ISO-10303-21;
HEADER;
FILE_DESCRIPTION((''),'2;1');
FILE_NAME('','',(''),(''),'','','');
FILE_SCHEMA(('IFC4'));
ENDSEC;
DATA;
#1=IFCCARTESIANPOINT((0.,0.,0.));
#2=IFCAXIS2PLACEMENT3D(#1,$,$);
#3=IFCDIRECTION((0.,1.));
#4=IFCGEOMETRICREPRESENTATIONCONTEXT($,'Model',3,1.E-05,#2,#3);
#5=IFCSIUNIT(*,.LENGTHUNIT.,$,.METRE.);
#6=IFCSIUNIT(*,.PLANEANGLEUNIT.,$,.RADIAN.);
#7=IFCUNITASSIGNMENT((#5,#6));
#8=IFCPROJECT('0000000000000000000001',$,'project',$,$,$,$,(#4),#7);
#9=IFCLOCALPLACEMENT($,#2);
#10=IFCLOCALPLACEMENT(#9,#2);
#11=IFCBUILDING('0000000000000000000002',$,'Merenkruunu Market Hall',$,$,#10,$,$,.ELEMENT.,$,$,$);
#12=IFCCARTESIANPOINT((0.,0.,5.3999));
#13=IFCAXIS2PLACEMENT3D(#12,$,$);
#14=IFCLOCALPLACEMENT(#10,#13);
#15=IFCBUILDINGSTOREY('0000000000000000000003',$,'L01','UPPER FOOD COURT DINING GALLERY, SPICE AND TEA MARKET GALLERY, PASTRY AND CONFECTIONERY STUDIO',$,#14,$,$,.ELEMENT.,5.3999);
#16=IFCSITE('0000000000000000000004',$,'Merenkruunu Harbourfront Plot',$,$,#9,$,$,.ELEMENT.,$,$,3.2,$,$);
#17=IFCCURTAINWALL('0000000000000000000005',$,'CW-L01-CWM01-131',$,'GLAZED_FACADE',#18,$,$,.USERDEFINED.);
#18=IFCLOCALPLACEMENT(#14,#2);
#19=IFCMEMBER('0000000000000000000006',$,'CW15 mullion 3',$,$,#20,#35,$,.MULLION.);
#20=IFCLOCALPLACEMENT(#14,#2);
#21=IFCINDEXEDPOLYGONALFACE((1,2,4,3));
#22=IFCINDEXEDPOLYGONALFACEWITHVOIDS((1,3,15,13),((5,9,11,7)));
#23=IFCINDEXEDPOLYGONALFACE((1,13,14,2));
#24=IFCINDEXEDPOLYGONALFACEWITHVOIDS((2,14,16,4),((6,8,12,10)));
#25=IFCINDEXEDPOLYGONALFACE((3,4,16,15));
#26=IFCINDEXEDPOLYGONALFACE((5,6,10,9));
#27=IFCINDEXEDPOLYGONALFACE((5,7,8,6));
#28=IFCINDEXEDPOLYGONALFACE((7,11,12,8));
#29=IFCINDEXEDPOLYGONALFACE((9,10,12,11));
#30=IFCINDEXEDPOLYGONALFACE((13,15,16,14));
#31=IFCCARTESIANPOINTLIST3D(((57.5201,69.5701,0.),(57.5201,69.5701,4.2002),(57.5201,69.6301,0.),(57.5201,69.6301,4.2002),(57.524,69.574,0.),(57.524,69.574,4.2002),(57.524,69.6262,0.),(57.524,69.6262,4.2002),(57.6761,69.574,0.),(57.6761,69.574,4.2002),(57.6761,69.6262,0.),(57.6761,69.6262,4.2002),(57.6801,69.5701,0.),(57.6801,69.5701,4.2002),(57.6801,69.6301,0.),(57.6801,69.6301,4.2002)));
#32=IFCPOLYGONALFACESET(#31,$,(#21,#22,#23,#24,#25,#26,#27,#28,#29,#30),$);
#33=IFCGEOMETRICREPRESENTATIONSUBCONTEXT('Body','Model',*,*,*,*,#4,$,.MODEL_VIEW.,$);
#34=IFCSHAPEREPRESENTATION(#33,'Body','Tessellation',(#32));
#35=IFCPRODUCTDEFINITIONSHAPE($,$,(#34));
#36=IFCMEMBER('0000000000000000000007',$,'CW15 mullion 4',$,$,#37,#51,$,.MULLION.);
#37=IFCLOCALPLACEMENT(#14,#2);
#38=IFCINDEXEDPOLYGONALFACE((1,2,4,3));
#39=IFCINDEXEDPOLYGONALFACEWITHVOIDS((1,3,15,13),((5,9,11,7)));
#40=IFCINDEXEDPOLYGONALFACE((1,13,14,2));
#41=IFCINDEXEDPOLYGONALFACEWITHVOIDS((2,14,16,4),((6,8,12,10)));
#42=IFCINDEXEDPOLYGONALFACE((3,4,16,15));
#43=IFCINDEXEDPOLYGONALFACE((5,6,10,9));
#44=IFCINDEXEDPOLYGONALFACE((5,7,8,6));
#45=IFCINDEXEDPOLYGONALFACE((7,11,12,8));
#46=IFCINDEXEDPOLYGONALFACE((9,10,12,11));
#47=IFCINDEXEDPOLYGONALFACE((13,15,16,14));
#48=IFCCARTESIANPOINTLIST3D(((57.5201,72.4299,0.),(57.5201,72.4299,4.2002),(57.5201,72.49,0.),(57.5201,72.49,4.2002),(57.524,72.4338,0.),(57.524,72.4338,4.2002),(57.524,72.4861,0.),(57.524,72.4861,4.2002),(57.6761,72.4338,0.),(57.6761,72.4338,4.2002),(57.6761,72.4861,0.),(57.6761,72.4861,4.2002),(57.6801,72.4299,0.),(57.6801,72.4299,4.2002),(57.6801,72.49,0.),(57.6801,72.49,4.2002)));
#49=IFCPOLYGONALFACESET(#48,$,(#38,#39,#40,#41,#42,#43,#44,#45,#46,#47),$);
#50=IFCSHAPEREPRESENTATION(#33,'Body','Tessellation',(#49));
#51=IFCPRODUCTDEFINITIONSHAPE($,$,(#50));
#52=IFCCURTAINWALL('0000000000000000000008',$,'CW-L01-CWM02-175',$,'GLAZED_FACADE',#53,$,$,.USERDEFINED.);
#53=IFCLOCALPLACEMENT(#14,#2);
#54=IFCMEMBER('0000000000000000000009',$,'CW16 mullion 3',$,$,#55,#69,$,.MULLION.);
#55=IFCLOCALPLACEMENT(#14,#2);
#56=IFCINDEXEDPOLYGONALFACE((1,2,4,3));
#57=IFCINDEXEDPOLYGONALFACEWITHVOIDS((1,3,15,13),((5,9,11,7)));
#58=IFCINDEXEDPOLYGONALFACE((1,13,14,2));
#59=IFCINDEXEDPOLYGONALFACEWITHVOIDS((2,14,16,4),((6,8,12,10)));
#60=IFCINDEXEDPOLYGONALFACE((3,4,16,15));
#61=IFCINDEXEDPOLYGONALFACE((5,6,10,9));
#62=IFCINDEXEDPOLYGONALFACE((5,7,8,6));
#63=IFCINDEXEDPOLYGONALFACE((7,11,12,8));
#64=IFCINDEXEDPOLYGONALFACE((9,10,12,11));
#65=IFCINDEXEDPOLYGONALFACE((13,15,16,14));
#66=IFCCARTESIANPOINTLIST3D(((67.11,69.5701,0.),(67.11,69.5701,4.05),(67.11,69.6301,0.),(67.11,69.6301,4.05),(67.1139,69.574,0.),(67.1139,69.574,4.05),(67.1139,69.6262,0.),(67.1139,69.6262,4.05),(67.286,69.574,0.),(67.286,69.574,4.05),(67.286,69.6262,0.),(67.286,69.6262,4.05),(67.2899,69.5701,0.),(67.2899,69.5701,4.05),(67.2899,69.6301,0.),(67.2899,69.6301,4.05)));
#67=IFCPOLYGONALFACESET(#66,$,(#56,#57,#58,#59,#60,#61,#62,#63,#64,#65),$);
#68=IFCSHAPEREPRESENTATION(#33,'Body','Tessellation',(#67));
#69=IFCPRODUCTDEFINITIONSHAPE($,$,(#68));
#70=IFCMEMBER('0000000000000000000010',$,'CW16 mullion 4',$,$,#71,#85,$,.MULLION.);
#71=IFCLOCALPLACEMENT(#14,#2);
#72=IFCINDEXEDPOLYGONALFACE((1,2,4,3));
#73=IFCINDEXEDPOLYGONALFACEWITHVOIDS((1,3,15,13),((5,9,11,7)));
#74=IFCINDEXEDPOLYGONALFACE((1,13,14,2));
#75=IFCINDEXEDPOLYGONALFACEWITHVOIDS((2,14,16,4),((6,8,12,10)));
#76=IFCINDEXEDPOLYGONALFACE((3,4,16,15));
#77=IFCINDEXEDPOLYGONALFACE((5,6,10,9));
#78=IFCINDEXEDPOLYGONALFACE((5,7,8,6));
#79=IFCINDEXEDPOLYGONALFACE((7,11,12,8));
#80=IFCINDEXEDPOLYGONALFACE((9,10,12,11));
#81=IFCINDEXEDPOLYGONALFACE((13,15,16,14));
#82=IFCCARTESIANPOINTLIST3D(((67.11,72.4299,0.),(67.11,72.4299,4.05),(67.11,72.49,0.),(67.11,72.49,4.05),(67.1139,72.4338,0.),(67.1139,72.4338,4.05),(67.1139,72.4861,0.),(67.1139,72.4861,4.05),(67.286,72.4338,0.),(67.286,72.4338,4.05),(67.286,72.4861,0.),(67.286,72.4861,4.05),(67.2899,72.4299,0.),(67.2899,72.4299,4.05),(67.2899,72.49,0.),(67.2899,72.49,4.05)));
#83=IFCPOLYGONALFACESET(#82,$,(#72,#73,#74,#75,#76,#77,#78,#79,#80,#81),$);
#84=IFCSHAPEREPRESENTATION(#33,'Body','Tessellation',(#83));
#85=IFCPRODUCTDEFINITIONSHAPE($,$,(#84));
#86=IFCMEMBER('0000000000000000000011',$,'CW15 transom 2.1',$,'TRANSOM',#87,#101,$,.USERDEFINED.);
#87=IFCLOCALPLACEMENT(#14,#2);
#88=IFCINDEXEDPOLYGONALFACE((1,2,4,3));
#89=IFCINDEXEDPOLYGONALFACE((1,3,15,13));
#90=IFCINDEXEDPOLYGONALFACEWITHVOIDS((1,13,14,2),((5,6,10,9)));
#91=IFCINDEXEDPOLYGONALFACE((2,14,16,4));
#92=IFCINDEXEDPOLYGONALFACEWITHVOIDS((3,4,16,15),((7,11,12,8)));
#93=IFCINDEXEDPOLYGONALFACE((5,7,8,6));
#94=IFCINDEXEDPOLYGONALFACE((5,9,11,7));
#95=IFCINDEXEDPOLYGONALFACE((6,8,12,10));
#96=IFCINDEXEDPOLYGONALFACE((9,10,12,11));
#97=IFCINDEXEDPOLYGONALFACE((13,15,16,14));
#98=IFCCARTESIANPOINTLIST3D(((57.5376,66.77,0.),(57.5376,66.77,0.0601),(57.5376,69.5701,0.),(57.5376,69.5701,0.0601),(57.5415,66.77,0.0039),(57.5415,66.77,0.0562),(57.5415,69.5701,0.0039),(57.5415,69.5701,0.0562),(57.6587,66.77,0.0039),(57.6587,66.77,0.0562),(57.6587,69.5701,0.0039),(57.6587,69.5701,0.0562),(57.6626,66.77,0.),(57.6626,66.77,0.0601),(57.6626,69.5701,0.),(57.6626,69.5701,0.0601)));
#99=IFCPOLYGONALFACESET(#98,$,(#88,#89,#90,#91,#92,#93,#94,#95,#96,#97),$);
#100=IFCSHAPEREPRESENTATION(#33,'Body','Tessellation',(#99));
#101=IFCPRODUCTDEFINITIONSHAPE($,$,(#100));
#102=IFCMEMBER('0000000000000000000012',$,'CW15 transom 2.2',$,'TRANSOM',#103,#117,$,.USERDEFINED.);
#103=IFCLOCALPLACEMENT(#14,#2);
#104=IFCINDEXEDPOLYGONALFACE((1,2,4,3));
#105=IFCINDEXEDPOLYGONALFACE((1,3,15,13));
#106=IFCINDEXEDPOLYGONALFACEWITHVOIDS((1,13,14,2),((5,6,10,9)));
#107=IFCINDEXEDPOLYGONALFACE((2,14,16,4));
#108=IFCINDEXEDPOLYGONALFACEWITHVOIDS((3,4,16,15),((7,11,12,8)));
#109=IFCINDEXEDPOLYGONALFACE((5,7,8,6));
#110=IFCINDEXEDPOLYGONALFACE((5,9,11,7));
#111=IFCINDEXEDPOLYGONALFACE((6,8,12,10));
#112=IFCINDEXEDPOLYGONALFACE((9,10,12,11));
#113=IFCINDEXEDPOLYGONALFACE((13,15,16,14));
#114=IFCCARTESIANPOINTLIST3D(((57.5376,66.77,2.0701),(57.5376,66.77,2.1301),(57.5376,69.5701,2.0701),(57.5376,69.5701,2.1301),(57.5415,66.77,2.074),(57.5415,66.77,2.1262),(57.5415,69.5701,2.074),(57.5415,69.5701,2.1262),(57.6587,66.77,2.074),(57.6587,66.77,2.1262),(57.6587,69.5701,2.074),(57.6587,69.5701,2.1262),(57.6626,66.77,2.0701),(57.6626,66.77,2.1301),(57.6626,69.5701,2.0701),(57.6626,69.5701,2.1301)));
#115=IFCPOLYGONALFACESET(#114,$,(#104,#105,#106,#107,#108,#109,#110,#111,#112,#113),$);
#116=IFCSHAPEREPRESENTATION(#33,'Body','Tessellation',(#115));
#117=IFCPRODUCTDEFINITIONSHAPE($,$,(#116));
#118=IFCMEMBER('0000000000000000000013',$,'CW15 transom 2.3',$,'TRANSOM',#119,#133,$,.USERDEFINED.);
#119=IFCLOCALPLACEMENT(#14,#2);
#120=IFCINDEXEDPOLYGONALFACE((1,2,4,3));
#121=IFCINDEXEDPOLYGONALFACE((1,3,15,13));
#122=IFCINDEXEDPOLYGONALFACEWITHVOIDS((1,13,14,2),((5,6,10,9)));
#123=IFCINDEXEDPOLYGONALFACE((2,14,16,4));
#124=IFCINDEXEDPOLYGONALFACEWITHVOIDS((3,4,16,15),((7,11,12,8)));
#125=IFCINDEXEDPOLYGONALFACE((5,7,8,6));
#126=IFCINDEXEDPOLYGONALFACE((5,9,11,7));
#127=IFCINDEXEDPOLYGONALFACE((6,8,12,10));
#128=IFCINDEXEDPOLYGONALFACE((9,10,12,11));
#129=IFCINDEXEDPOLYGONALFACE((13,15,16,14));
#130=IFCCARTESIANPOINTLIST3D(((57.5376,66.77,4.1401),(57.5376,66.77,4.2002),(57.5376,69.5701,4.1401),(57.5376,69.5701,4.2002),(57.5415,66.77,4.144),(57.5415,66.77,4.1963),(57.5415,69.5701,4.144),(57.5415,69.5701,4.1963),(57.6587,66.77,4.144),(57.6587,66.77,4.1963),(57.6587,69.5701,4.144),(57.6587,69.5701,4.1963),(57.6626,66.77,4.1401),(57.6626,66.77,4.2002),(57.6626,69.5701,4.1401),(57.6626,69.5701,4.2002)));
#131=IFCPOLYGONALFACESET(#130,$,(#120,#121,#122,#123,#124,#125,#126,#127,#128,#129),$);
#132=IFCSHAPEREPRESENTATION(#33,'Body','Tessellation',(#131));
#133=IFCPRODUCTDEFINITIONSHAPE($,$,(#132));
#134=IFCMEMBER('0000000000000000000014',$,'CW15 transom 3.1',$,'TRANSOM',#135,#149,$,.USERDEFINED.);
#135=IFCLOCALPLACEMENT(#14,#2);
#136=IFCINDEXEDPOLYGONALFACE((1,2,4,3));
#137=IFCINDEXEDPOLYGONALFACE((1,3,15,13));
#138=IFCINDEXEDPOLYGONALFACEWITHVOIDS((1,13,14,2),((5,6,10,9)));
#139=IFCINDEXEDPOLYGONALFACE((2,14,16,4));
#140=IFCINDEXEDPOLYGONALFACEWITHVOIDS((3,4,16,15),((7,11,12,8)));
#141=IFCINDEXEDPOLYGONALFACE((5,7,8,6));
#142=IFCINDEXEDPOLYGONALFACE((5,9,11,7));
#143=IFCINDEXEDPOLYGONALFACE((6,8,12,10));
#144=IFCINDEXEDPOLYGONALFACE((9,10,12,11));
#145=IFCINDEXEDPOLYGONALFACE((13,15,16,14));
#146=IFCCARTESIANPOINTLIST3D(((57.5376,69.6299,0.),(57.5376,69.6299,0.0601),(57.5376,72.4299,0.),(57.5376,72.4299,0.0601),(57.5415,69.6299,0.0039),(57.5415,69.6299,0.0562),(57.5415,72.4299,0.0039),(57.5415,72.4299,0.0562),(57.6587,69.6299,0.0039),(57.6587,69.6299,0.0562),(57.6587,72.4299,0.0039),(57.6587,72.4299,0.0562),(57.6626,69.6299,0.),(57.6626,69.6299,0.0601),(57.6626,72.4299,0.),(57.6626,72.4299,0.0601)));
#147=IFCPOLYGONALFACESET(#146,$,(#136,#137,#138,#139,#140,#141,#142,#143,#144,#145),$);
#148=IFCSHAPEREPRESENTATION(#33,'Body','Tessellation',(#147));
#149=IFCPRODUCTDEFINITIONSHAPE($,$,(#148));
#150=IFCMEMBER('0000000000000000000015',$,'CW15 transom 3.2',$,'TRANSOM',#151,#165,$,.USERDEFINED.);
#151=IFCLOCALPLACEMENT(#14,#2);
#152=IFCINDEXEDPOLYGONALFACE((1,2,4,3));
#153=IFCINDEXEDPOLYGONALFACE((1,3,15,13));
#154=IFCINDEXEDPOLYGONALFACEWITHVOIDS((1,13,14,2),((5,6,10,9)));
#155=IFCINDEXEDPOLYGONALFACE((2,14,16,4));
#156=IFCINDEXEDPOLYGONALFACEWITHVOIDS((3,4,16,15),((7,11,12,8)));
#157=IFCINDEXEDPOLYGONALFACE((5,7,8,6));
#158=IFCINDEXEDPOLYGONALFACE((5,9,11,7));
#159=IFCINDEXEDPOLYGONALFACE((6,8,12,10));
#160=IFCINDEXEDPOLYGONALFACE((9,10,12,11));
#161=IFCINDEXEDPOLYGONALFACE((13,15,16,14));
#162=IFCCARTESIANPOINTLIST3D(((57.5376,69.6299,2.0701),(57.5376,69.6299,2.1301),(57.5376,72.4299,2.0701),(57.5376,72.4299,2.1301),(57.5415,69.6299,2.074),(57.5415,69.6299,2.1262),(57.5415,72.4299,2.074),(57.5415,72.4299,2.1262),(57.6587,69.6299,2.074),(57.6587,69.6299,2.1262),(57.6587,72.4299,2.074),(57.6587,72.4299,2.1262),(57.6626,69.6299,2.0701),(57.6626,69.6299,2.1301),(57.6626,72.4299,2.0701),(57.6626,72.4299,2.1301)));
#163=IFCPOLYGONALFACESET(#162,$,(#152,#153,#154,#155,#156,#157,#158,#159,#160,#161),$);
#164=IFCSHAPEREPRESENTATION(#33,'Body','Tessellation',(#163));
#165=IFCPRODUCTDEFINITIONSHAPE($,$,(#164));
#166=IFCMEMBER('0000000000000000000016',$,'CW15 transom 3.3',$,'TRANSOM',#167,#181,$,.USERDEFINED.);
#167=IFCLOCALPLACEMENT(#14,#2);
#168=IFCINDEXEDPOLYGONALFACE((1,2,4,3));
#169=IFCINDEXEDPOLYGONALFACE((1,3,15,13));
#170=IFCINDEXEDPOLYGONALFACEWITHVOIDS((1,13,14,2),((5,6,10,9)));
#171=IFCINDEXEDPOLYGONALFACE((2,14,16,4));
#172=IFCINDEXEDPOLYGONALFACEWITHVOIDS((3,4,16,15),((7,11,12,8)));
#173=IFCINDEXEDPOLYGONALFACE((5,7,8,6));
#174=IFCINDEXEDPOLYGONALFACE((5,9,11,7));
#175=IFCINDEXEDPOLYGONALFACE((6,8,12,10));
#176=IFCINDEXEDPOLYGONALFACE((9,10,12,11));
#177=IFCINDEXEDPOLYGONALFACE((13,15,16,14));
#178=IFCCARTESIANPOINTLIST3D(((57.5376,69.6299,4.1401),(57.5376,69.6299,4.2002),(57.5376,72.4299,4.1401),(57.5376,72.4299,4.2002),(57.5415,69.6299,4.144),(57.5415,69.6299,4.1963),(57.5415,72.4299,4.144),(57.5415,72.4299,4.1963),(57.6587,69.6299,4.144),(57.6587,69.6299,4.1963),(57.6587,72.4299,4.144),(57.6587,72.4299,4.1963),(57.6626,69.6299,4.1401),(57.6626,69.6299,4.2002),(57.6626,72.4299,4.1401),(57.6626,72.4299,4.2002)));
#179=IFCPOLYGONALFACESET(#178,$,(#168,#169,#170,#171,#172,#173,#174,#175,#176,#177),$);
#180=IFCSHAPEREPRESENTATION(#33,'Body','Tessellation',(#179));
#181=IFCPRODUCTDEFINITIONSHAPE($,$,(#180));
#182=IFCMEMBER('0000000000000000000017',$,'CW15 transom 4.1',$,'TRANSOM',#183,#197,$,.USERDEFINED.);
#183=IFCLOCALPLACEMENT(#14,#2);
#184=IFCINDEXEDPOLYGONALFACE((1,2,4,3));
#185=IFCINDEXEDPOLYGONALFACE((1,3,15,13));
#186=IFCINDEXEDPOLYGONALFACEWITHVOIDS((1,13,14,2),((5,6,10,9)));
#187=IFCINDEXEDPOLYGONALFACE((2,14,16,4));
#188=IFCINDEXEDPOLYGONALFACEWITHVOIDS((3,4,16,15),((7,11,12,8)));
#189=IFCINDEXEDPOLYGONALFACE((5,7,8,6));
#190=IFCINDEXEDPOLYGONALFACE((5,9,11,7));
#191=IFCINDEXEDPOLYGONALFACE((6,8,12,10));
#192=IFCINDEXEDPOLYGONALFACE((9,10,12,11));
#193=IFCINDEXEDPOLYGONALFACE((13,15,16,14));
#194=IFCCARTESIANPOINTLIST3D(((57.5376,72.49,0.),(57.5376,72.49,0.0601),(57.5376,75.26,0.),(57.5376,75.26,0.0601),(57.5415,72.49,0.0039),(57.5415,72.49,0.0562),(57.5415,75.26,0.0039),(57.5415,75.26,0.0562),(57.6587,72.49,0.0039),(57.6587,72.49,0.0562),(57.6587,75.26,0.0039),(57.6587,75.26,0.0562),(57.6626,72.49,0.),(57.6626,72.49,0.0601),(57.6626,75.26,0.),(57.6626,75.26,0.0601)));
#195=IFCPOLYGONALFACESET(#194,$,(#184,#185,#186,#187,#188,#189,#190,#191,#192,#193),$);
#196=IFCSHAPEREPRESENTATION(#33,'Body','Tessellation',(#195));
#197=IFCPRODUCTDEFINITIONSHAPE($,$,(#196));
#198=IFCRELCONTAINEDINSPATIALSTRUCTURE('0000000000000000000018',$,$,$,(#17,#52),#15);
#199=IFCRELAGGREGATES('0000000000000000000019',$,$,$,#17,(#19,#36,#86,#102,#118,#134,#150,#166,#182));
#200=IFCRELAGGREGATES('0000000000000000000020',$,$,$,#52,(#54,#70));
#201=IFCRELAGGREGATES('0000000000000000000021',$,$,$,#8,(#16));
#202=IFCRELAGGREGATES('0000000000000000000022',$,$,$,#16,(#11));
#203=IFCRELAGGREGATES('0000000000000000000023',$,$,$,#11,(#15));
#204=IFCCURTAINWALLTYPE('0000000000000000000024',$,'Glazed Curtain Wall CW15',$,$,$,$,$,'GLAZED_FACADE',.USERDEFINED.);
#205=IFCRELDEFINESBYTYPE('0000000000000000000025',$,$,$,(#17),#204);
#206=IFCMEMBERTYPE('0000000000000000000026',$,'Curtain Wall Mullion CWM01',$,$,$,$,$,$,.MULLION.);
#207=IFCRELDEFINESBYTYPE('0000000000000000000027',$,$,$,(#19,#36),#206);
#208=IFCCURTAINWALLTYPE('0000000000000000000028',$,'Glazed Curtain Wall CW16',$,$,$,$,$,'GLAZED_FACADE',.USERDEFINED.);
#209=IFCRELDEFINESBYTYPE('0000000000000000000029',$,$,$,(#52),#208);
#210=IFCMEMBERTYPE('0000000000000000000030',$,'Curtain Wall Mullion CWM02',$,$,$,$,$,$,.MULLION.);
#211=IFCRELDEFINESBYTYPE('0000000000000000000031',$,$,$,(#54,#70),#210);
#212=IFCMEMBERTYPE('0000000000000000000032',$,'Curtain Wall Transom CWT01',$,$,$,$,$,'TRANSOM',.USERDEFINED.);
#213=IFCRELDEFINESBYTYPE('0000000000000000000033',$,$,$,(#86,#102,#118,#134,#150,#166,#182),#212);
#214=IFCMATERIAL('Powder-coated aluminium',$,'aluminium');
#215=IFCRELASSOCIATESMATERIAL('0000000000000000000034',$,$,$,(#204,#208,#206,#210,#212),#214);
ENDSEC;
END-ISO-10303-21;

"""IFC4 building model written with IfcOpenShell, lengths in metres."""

from ifc_helpers import new_model, si_unit, direction, frame, origin, origin_2d, place, context, subcontext, project, spatial, hollow_rectangle, extrude, material, material_profile, profile_set, type_object, element, aggregate, save


model = new_model("IFC4")

# Units and contexts
model_context = context("Model", 3, precision=1e-05, world=origin(), true_north=direction((0.0, 1.0)))
body_context = subcontext(model_context, "Body", "Model", "MODEL_VIEW")
ifc_project = project(units=[si_unit("LENGTHUNIT", "METRE"), si_unit("PLANEANGLEUNIT", "RADIAN")], contexts=[model_context])

# Site, building, storey
site_placement = place(None, origin())
site = spatial("IfcSite", under=ifc_project, at=site_placement, Name="Merenkruunu Harbourfront Plot", CompositionType="ELEMENT", RefElevation=3.2)
building_placement = place(site_placement, origin())
building = spatial("IfcBuilding", under=site, at=building_placement, Name="Merenkruunu Market Hall", CompositionType="ELEMENT")
storey_placement = place(building_placement, frame((0.0, 0.0, 5.3999)))
storey = spatial("IfcBuildingStorey", under=building, at=storey_placement, Name="L01", Description="UPPER FOOD COURT DINING GALLERY, SPICE AND TEA MARKET GALLERY, PASTRY AND CONFECTIONERY STUDIO", CompositionType="ELEMENT", Elevation=5.3999)

# Curtain walls, members
ifc_material_1 = material(Name="Powder-coated aluminium", Category="aluminium")
curtain_wall_type_1 = type_object("IfcCurtainWallType", Name="Glazed Curtain Wall CW15", ElementType="GLAZED_FACADE", PredefinedType="USERDEFINED", material=ifc_material_1)
curtain_wall_1_placement = place(storey_placement, origin())
curtain_wall_1 = element("IfcCurtainWall", 1, at=curtain_wall_1_placement, inside=storey, type_object=curtain_wall_type_1, Name="CW-L01-CWM01-131", ObjectType="GLAZED_FACADE", PredefinedType="USERDEFINED")
ifc_material_profile_1 = material_profile(ifc_material_1, hollow_rectangle(XDim=0.0601, YDim=0.1599, WallThickness=0.0039, at=origin_2d()), Name="ALU 60x160x4")
ifc_profile_set_1 = profile_set([ifc_material_profile_1], Name="Powder-coated aluminium")
member_type_1 = type_object("IfcMemberType", Name="Curtain Wall Mullion CWM01", PredefinedType="MULLION", material=ifc_profile_set_1)
member_1_placement = place(storey_placement, frame((57.6001, 69.6001, 0.0), z_axis=(0.0, 0.0, 1.0), x_axis=(0.0, 1.0, 0.0)))
member_1 = element("IfcMember", 2, at=member_1_placement, type_object=member_type_1, Name="CW15 mullion 3", PredefinedType="MULLION", context=body_context, shape_type="SweptSolid", body=[
    extrude(hollow_rectangle(XDim=0.0601, YDim=0.1599, WallThickness=0.0039, at=origin_2d()), origin(), (0.0, 0.0, 1.0), 4.2002),
])
member_2_placement = place(storey_placement, frame((57.6001, 72.46, 0.0), z_axis=(0.0, 0.0, 1.0), x_axis=(0.0, 1.0, 0.0)))
member_2 = element("IfcMember", 3, at=member_2_placement, type_object=member_type_1, Name="CW15 mullion 4", PredefinedType="MULLION", context=body_context, shape_type="SweptSolid", body=[
    extrude(hollow_rectangle(XDim=0.0601, YDim=0.1599, WallThickness=0.0039, at=origin_2d()), origin(), (0.0, 0.0, 1.0), 4.2002),
])
curtain_wall_type_2 = type_object("IfcCurtainWallType", Name="Glazed Curtain Wall CW16", ElementType="GLAZED_FACADE", PredefinedType="USERDEFINED", material=ifc_material_1)
curtain_wall_2_placement = place(storey_placement, origin())
curtain_wall_2 = element("IfcCurtainWall", 4, at=curtain_wall_2_placement, inside=storey, type_object=curtain_wall_type_2, Name="CW-L01-CWM02-175", ObjectType="GLAZED_FACADE", PredefinedType="USERDEFINED")
ifc_material_profile_2 = material_profile(ifc_material_1, hollow_rectangle(XDim=0.0601, YDim=0.1799, WallThickness=0.0039, at=origin_2d()), Name="ALU 60x180x4")
ifc_profile_set_2 = profile_set([ifc_material_profile_2], Name="Powder-coated aluminium")
member_type_2 = type_object("IfcMemberType", Name="Curtain Wall Mullion CWM02", PredefinedType="MULLION", material=ifc_profile_set_2)
member_3_placement = place(storey_placement, frame((67.2, 69.6001, 0.0), z_axis=(0.0, 0.0, 1.0), x_axis=(0.0, 1.0, 0.0)))
member_3 = element("IfcMember", 5, at=member_3_placement, type_object=member_type_2, Name="CW16 mullion 3", PredefinedType="MULLION", context=body_context, shape_type="SweptSolid", body=[
    extrude(hollow_rectangle(XDim=0.0601, YDim=0.1799, WallThickness=0.0039, at=origin_2d()), origin(), (0.0, 0.0, 1.0), 4.05),
])
member_4_placement = place(storey_placement, frame((67.2, 72.46, 0.0), z_axis=(0.0, 0.0, 1.0), x_axis=(0.0, 1.0, 0.0)))
member_4 = element("IfcMember", 6, at=member_4_placement, type_object=member_type_2, Name="CW16 mullion 4", PredefinedType="MULLION", context=body_context, shape_type="SweptSolid", body=[
    extrude(hollow_rectangle(XDim=0.0601, YDim=0.1799, WallThickness=0.0039, at=origin_2d()), origin(), (0.0, 0.0, 1.0), 4.05),
])

# Members
ifc_material_profile_3 = material_profile(ifc_material_1, hollow_rectangle(XDim=0.0601, YDim=0.125, WallThickness=0.0039, at=origin_2d()), Name="ALU 60x125x4")
ifc_profile_set_3 = profile_set([ifc_material_profile_3], Name="Powder-coated aluminium")
member_type_3 = type_object("IfcMemberType", Name="Curtain Wall Transom CWT01", ElementType="TRANSOM", PredefinedType="USERDEFINED", material=ifc_profile_set_3)
member_5_placement = place(storey_placement, frame((57.6001, 66.77, 0.03), z_axis=(0.0, 1.0, 0.0), x_axis=(0.0, 0.0, 1.0)))
member_5 = element("IfcMember", 7, at=member_5_placement, type_object=member_type_3, Name="CW15 transom 2.1", ObjectType="TRANSOM", PredefinedType="USERDEFINED", context=body_context, shape_type="SweptSolid", body=[
    extrude(hollow_rectangle(XDim=0.0601, YDim=0.125, WallThickness=0.0039, at=origin_2d()), origin(), (0.0, 0.0, 1.0), 2.8),
])
member_6_placement = place(storey_placement, frame((57.6001, 66.77, 2.1001), z_axis=(0.0, 1.0, 0.0), x_axis=(0.0, 0.0, 1.0)))
member_6 = element("IfcMember", 8, at=member_6_placement, type_object=member_type_3, Name="CW15 transom 2.2", ObjectType="TRANSOM", PredefinedType="USERDEFINED", context=body_context, shape_type="SweptSolid", body=[
    extrude(hollow_rectangle(XDim=0.0601, YDim=0.125, WallThickness=0.0039, at=origin_2d()), origin(), (0.0, 0.0, 1.0), 2.8),
])
member_7_placement = place(storey_placement, frame((57.6001, 66.77, 4.1702), z_axis=(0.0, 1.0, 0.0), x_axis=(0.0, 0.0, 1.0)))
member_7 = element("IfcMember", 9, at=member_7_placement, type_object=member_type_3, Name="CW15 transom 2.3", ObjectType="TRANSOM", PredefinedType="USERDEFINED", context=body_context, shape_type="SweptSolid", body=[
    extrude(hollow_rectangle(XDim=0.0601, YDim=0.125, WallThickness=0.0039, at=origin_2d()), origin(), (0.0, 0.0, 1.0), 2.8),
])
member_8_placement = place(storey_placement, frame((57.6001, 69.6299, 0.03), z_axis=(0.0, 1.0, 0.0), x_axis=(0.0, 0.0, 1.0)))
member_8 = element("IfcMember", 10, at=member_8_placement, type_object=member_type_3, Name="CW15 transom 3.1", ObjectType="TRANSOM", PredefinedType="USERDEFINED", context=body_context, shape_type="SweptSolid", body=[
    extrude(hollow_rectangle(XDim=0.0601, YDim=0.125, WallThickness=0.0039, at=origin_2d()), origin(), (0.0, 0.0, 1.0), 2.8),
])
member_9_placement = place(storey_placement, frame((57.6001, 69.6299, 2.1001), z_axis=(0.0, 1.0, 0.0), x_axis=(0.0, 0.0, 1.0)))
member_9 = element("IfcMember", 11, at=member_9_placement, type_object=member_type_3, Name="CW15 transom 3.2", ObjectType="TRANSOM", PredefinedType="USERDEFINED", context=body_context, shape_type="SweptSolid", body=[
    extrude(hollow_rectangle(XDim=0.0601, YDim=0.125, WallThickness=0.0039, at=origin_2d()), origin(), (0.0, 0.0, 1.0), 2.8),
])
member_10_placement = place(storey_placement, frame((57.6001, 69.6299, 4.1702), z_axis=(0.0, 1.0, 0.0), x_axis=(0.0, 0.0, 1.0)))
member_10 = element("IfcMember", 12, at=member_10_placement, type_object=member_type_3, Name="CW15 transom 3.3", ObjectType="TRANSOM", PredefinedType="USERDEFINED", context=body_context, shape_type="SweptSolid", body=[
    extrude(hollow_rectangle(XDim=0.0601, YDim=0.125, WallThickness=0.0039, at=origin_2d()), origin(), (0.0, 0.0, 1.0), 2.8),
])
member_11_placement = place(storey_placement, frame((57.6001, 72.49, 0.03), z_axis=(0.0, 1.0, 0.0), x_axis=(0.0, 0.0, 1.0)))
member_11 = element("IfcMember", 13, at=member_11_placement, type_object=member_type_3, Name="CW15 transom 4.1", ObjectType="TRANSOM", PredefinedType="USERDEFINED", context=body_context, shape_type="SweptSolid", body=[
    extrude(hollow_rectangle(XDim=0.0601, YDim=0.125, WallThickness=0.0039, at=origin_2d()), origin(), (0.0, 0.0, 1.0), 2.77),
])

aggregate(curtain_wall_1, [member_1, member_2, member_5, member_6, member_7, member_8, member_9, member_10, member_11])
aggregate(curtain_wall_2, [member_3, member_4])

save(model, "model.ifc")
